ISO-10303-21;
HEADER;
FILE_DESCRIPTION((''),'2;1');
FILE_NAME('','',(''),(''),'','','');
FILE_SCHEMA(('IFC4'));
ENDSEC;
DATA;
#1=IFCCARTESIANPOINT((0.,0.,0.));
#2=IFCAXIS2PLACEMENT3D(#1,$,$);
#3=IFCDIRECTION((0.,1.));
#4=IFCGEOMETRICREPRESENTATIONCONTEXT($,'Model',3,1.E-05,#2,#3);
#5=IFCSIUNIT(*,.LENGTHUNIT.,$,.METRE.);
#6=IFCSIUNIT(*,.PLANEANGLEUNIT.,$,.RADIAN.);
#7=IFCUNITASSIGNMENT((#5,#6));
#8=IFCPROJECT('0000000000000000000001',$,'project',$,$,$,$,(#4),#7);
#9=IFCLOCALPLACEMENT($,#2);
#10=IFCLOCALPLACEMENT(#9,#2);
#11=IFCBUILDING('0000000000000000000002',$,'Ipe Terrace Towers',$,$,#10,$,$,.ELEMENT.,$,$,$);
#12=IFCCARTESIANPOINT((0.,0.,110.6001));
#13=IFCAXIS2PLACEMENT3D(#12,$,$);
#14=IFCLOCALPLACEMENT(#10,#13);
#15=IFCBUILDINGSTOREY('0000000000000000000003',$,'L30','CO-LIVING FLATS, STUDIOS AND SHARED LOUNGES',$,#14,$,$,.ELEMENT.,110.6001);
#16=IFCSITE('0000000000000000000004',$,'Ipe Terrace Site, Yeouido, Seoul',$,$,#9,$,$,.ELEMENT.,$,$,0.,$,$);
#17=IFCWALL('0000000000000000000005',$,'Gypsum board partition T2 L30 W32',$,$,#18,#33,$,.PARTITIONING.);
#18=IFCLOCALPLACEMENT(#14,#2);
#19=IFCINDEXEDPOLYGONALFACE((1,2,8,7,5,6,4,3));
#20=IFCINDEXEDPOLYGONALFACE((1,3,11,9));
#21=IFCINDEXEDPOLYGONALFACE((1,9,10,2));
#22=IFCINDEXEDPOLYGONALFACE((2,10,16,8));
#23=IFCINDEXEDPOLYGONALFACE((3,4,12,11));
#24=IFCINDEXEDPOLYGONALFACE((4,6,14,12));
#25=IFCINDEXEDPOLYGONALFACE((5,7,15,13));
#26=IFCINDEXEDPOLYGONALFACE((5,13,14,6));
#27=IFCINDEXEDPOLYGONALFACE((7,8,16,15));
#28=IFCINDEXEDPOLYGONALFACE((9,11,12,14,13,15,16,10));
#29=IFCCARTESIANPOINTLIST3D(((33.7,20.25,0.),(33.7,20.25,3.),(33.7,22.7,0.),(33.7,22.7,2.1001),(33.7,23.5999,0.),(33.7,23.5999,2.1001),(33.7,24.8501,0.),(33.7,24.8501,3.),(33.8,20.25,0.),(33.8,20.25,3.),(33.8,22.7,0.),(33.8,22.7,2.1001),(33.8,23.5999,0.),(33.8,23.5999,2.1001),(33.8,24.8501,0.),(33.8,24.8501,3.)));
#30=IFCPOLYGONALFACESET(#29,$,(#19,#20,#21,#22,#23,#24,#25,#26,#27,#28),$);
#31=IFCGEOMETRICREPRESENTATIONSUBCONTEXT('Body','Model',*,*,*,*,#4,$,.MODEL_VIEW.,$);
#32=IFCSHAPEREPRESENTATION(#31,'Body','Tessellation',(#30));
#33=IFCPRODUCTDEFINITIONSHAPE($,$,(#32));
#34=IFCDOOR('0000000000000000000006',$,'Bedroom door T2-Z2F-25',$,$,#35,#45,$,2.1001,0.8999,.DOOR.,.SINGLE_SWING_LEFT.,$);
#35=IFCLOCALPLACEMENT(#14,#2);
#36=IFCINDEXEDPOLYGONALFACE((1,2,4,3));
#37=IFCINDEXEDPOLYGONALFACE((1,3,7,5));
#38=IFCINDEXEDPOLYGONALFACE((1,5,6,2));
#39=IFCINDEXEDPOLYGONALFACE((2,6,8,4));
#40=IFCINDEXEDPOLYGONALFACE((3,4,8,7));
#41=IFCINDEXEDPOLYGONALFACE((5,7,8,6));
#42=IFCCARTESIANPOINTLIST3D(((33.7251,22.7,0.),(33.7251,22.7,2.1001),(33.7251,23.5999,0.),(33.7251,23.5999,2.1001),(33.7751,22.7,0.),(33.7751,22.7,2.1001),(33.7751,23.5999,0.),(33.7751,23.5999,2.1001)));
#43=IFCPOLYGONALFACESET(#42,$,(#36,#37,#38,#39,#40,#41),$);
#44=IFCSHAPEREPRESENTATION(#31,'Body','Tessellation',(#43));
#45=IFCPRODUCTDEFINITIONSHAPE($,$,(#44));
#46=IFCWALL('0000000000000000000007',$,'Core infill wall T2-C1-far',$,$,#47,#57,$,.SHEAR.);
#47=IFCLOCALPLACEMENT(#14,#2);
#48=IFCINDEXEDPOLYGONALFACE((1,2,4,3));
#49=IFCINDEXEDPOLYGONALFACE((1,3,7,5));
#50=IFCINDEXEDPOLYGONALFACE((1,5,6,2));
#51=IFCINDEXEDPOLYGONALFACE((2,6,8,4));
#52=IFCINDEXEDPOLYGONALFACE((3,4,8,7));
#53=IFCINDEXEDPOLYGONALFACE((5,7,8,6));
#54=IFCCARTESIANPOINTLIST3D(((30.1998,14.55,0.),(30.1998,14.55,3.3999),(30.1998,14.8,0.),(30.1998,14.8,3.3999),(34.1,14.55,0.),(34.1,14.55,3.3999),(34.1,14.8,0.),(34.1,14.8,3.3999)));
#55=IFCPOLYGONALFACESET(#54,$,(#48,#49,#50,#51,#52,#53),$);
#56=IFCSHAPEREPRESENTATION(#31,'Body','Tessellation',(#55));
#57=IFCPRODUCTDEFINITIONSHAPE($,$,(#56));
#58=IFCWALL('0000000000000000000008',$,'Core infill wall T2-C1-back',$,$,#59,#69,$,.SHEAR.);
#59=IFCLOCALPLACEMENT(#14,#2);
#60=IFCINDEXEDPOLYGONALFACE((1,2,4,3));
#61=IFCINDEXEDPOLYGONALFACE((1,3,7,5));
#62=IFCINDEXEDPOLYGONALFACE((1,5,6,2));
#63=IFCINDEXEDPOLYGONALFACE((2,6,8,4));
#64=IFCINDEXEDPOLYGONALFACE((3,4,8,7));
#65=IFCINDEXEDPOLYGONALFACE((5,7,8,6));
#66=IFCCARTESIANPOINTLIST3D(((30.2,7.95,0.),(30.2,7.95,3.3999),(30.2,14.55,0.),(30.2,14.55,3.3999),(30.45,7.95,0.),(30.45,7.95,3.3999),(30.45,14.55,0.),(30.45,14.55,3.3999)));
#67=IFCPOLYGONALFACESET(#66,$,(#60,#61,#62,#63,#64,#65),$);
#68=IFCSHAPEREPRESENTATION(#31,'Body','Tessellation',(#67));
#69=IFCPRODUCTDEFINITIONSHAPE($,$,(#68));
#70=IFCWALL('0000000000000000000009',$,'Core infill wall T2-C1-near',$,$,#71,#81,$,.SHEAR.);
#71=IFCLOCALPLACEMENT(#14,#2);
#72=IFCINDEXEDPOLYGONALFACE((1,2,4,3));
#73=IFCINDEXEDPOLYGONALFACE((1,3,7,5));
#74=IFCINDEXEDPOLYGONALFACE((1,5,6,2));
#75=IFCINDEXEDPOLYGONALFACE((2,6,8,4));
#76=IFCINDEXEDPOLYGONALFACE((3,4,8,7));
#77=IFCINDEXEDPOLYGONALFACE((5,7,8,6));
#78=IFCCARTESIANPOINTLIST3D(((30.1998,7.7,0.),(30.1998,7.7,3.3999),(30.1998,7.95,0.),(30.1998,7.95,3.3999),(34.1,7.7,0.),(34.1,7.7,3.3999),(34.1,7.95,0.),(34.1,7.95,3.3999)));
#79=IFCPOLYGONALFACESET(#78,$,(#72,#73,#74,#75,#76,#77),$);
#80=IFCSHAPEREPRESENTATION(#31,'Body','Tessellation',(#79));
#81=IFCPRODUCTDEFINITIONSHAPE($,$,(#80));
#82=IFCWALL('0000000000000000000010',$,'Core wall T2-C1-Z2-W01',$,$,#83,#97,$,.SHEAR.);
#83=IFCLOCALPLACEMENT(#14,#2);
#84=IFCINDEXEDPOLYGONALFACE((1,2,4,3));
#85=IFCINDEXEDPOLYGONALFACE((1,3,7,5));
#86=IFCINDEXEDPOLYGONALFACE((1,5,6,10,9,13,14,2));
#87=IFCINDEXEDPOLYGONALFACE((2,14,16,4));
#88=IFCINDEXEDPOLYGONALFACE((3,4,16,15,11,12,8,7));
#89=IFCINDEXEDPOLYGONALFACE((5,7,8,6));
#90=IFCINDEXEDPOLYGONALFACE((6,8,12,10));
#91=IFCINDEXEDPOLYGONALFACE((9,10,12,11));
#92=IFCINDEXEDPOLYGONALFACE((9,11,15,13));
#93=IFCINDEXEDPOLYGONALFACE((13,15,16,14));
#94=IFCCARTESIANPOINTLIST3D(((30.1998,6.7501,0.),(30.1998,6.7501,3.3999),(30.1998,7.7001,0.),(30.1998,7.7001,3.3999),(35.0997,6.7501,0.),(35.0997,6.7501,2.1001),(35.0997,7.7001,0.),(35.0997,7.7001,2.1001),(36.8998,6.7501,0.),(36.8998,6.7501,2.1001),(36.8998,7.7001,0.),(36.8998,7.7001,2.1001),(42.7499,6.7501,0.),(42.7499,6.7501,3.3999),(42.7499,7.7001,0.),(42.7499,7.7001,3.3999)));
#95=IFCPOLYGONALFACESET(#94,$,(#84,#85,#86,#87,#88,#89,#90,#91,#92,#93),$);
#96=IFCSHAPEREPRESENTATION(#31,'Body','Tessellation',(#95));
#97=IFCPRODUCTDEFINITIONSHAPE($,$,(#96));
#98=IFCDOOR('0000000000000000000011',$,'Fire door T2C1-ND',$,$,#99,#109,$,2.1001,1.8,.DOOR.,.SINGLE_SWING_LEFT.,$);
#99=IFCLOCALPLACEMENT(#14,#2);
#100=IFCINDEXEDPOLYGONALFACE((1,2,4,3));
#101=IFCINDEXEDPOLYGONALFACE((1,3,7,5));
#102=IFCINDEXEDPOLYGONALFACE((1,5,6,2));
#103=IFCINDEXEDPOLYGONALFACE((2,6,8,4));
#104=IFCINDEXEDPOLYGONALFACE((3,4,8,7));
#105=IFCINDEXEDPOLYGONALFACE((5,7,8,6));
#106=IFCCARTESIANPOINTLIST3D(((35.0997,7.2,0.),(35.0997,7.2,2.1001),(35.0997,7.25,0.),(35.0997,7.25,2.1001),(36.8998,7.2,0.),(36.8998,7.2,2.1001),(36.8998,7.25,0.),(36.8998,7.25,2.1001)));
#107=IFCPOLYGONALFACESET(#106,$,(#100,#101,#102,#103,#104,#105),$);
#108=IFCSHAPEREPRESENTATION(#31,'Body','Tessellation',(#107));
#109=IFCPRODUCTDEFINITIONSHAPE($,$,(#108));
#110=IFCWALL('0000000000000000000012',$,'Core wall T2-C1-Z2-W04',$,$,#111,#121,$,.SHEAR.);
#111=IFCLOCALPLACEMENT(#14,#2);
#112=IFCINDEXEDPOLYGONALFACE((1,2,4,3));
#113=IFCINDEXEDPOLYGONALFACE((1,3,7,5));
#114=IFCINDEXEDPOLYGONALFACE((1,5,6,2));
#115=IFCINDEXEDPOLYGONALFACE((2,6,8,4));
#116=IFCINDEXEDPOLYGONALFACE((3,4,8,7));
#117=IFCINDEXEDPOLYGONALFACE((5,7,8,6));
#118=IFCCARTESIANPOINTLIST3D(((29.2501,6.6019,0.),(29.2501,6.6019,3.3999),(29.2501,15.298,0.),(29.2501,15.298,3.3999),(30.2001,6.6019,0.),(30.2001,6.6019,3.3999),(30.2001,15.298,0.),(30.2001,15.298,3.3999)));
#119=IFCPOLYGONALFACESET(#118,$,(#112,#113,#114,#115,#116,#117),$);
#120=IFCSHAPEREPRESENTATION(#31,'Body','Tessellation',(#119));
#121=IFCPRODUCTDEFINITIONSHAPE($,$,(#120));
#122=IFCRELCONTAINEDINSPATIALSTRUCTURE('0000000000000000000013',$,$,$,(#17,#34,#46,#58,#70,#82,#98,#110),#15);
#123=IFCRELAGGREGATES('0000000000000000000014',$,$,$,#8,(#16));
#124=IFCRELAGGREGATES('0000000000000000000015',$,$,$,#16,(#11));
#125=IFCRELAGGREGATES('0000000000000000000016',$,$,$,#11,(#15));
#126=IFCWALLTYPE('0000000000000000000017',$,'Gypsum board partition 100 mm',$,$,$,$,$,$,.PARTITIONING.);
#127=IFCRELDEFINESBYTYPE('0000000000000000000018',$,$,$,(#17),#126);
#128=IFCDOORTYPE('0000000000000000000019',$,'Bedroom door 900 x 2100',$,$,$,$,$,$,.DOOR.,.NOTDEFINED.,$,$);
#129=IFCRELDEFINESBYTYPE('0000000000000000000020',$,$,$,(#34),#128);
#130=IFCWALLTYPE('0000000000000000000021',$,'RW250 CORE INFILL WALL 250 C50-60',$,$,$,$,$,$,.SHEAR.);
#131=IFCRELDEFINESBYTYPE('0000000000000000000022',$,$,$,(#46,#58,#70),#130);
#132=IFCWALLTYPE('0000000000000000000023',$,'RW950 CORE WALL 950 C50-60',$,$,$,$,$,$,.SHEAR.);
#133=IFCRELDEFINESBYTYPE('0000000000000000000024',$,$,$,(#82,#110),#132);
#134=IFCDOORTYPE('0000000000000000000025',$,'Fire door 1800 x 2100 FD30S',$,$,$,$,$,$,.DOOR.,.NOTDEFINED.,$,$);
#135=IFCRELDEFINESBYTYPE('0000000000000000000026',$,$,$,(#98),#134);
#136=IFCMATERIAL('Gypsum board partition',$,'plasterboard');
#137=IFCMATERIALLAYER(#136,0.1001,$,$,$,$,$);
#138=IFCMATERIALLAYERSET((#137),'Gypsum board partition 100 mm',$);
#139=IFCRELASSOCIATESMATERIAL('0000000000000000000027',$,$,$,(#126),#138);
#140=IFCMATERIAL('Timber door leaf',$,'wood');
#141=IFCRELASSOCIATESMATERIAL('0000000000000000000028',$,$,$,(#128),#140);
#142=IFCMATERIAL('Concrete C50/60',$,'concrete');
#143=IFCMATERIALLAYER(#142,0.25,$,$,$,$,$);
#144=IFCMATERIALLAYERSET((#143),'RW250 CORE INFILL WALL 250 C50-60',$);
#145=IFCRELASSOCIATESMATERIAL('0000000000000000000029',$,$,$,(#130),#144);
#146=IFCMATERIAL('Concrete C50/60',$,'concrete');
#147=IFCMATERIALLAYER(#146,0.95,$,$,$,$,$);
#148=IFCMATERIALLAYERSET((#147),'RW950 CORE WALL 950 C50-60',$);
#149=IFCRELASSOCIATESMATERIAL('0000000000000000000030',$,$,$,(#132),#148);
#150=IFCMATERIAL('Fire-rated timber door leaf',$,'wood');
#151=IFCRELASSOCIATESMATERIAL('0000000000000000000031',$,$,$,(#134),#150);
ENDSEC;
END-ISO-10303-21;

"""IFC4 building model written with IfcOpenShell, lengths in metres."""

from ifc_helpers import new_model, si_unit, direction, frame, frame_2d, origin, place, context, subcontext, project, spatial, rectangle, extrude, material, layer, layer_set, type_object, element, fill, save


model = new_model("IFC4")

# Units and contexts
model_context = context("Model", 3, precision=1e-05, world=origin(), true_north=direction((0.0, 1.0)))
body_context = subcontext(model_context, "Body", "Model", "MODEL_VIEW")
ifc_project = project(units=[si_unit("LENGTHUNIT", "METRE"), si_unit("PLANEANGLEUNIT", "RADIAN")], contexts=[model_context])

# Site, building, storey
site_placement = place(None, origin())
site = spatial("IfcSite", under=ifc_project, at=site_placement, Name="Ipe Terrace Site, Yeouido, Seoul", CompositionType="ELEMENT", RefElevation=0.0)
building_placement = place(site_placement, origin())
building = spatial("IfcBuilding", under=site, at=building_placement, Name="Ipe Terrace Towers", CompositionType="ELEMENT")
storey_placement = place(building_placement, frame((0.0, 0.0, 110.6001)))
storey = spatial("IfcBuildingStorey", under=building, at=storey_placement, Name="L30", Description="CO-LIVING FLATS, STUDIOS AND SHARED LOUNGES", CompositionType="ELEMENT", Elevation=110.6001)

# Wall, opening, door
ifc_material_1 = material(Name="Gypsum board partition", Category="plasterboard")
ifc_layer_1 = layer(ifc_material_1, 0.1001)
ifc_layer_set_1 = layer_set([ifc_layer_1], Name="Gypsum board partition 100 mm")
wall_type_1 = type_object("IfcWallType", Name="Gypsum board partition 100 mm", PredefinedType="PARTITIONING", material=ifc_layer_set_1)
wall_1_placement = place(storey_placement, frame((33.75, 20.25, 0.0), z_axis=(0.0, 0.0, 1.0), x_axis=(0.0, 1.0, 0.0)))
wall_1 = element("IfcWall", 1, at=wall_1_placement, inside=storey, type_object=wall_type_1, Name="Gypsum board partition T2 L30 W32", PredefinedType="PARTITIONING", context=body_context, shape_type="SweptSolid", body=[
    extrude(rectangle(XDim=4.6001, YDim=0.1001, at=frame_2d((2.3, 0.0))), origin(), (0.0, 0.0, 1.0), 3.0),
])
opening_1_placement = place(wall_1_placement, frame((2.45, 0.0, 0.0)))
opening_1 = element("IfcOpeningElement", 2, at=opening_1_placement, cuts=wall_1, PredefinedType="OPENING", context=body_context, shape_type="SweptSolid", body=[
    extrude(rectangle(XDim=0.8999, YDim=2.1001, at=frame_2d((0.45, 1.05))), frame((0.0, 0.0601, 0.0), z_axis=(0.0, -1.0, 0.0), x_axis=(1.0, 0.0, 0.0)), (0.0, 0.0, 1.0), 0.1201),
])
ifc_material_2 = material(Name="Timber door leaf", Category="wood")
door_type_1 = type_object("IfcDoorType", Name="Bedroom door 900 x 2100", OperationType="NOTDEFINED", PredefinedType="DOOR", material=ifc_material_2)
door_1_placement = place(opening_1_placement, origin())
door_1 = element("IfcDoor", 3, at=door_1_placement, inside=storey, type_object=door_type_1, Name="Bedroom door T2-Z2F-25", OperationType="SINGLE_SWING_LEFT", OverallHeight=2.1001, OverallWidth=0.8999, PredefinedType="DOOR", context=body_context, shape_type="SweptSolid", body=[
    extrude(rectangle(XDim=0.8999, YDim=2.1001, at=frame_2d((0.45, 1.05))), frame((0.0, 0.0249, 0.0), z_axis=(0.0, -1.0, 0.0), x_axis=(1.0, 0.0, 0.0)), (0.0, 0.0, 1.0), 0.05),
])
fill(opening_1, door_1)

# Walls
ifc_material_3 = material(Name="Concrete C50/60", Category="concrete")
ifc_layer_2 = layer(ifc_material_3, 0.25)
ifc_layer_set_2 = layer_set([ifc_layer_2], Name="RW250 CORE INFILL WALL 250 C50-60")
wall_type_2 = type_object("IfcWallType", Name="RW250 CORE INFILL WALL 250 C50-60", PredefinedType="SHEAR", material=ifc_layer_set_2)
wall_2_placement = place(storey_placement, frame((34.1001, 14.675, 0.0), z_axis=(0.0, 0.0, 1.0), x_axis=(-1.0, 0.0, 0.0)))
element("IfcWall", 4, at=wall_2_placement, inside=storey, type_object=wall_type_2, Name="Core infill wall T2-C1-far", PredefinedType="SHEAR", context=body_context, shape_type="SweptSolid", body=[
    extrude(rectangle(XDim=3.9001, YDim=0.25, at=frame_2d((1.9502, 0.0))), origin(), (0.0, 0.0, 1.0), 3.3999),
])
wall_3_placement = place(storey_placement, frame((30.325, 7.95, 0.0), z_axis=(0.0, 0.0, 1.0), x_axis=(0.0, 1.0, 0.0)))
element("IfcWall", 5, at=wall_3_placement, inside=storey, type_object=wall_type_2, Name="Core infill wall T2-C1-back", PredefinedType="SHEAR", context=body_context, shape_type="SweptSolid", body=[
    extrude(rectangle(XDim=6.6001, YDim=0.25, at=frame_2d((3.3, 0.0))), origin(), (0.0, 0.0, 1.0), 3.3999),
])
wall_4_placement = place(storey_placement, frame((34.1001, 7.825, 0.0), z_axis=(0.0, 0.0, 1.0), x_axis=(-1.0, 0.0, 0.0)))
element("IfcWall", 6, at=wall_4_placement, inside=storey, type_object=wall_type_2, Name="Core infill wall T2-C1-near", PredefinedType="SHEAR", context=body_context, shape_type="SweptSolid", body=[
    extrude(rectangle(XDim=3.9001, YDim=0.25, at=frame_2d((1.9502, 0.0))), origin(), (0.0, 0.0, 1.0), 3.3999),
])

# Wall, opening, door
ifc_material_4 = material(Name="Concrete C50/60", Category="concrete")
ifc_layer_3 = layer(ifc_material_4, 0.95)
ifc_layer_set_3 = layer_set([ifc_layer_3], Name="RW950 CORE WALL 950 C50-60")
wall_type_3 = type_object("IfcWallType", Name="RW950 CORE WALL 950 C50-60", PredefinedType="SHEAR", material=ifc_layer_set_3)
wall_5_placement = place(storey_placement, frame((30.2, 7.2251, 0.0), z_axis=(0.0, 0.0, 1.0), x_axis=(1.0, 0.0, 0.0)))
wall_5 = element("IfcWall", 7, at=wall_5_placement, inside=storey, type_object=wall_type_3, Name="Core wall T2-C1-Z2-W01", PredefinedType="SHEAR", context=body_context, shape_type="SweptSolid", body=[
    extrude(rectangle(XDim=12.55, YDim=0.95, at=frame_2d((6.2749, 0.0))), origin(), (0.0, 0.0, 1.0), 3.3999),
])
opening_2_placement = place(wall_5_placement, frame((4.8999, 0.0, 0.0)))
opening_2 = element("IfcOpeningElement", 8, at=opening_2_placement, cuts=wall_5, PredefinedType="OPENING", context=body_context, shape_type="SweptSolid", body=[
    extrude(rectangle(XDim=1.8, YDim=2.1001, at=frame_2d((0.8999, 1.05))), frame((0.0, 0.4849, 0.0), z_axis=(0.0, -1.0, 0.0), x_axis=(1.0, 0.0, 0.0)), (0.0, 0.0, 1.0), 0.97),
])
ifc_material_5 = material(Name="Fire-rated timber door leaf", Category="wood")
door_type_2 = type_object("IfcDoorType", Name="Fire door 1800 x 2100 FD30S", OperationType="NOTDEFINED", PredefinedType="DOOR", material=ifc_material_5)
door_2_placement = place(opening_2_placement, origin())
door_2 = element("IfcDoor", 9, at=door_2_placement, inside=storey, type_object=door_type_2, Name="Fire door T2C1-ND", OperationType="SINGLE_SWING_LEFT", OverallHeight=2.1001, OverallWidth=1.8, PredefinedType="DOOR", context=body_context, shape_type="SweptSolid", body=[
    extrude(rectangle(XDim=1.8, YDim=2.1001, at=frame_2d((0.8999, 1.05))), frame((0.0, 0.0249, 0.0), z_axis=(0.0, -1.0, 0.0), x_axis=(1.0, 0.0, 0.0)), (0.0, 0.0, 1.0), 0.05),
])
fill(opening_2, door_2)

# Wall
wall_6_placement = place(storey_placement, frame((29.7251, 15.2981, 0.0), z_axis=(0.0, 0.0, 1.0), x_axis=(0.0, -1.0, 0.0)))
element("IfcWall", 10, at=wall_6_placement, inside=storey, type_object=wall_type_3, Name="Core wall T2-C1-Z2-W04", PredefinedType="SHEAR", context=body_context, shape_type="SweptSolid", body=[
    extrude(rectangle(XDim=8.696, YDim=0.95, at=frame_2d((4.3481, 0.0))), origin(), (0.0, 0.0, 1.0), 3.3999),
])

save(model, "model.ifc")
